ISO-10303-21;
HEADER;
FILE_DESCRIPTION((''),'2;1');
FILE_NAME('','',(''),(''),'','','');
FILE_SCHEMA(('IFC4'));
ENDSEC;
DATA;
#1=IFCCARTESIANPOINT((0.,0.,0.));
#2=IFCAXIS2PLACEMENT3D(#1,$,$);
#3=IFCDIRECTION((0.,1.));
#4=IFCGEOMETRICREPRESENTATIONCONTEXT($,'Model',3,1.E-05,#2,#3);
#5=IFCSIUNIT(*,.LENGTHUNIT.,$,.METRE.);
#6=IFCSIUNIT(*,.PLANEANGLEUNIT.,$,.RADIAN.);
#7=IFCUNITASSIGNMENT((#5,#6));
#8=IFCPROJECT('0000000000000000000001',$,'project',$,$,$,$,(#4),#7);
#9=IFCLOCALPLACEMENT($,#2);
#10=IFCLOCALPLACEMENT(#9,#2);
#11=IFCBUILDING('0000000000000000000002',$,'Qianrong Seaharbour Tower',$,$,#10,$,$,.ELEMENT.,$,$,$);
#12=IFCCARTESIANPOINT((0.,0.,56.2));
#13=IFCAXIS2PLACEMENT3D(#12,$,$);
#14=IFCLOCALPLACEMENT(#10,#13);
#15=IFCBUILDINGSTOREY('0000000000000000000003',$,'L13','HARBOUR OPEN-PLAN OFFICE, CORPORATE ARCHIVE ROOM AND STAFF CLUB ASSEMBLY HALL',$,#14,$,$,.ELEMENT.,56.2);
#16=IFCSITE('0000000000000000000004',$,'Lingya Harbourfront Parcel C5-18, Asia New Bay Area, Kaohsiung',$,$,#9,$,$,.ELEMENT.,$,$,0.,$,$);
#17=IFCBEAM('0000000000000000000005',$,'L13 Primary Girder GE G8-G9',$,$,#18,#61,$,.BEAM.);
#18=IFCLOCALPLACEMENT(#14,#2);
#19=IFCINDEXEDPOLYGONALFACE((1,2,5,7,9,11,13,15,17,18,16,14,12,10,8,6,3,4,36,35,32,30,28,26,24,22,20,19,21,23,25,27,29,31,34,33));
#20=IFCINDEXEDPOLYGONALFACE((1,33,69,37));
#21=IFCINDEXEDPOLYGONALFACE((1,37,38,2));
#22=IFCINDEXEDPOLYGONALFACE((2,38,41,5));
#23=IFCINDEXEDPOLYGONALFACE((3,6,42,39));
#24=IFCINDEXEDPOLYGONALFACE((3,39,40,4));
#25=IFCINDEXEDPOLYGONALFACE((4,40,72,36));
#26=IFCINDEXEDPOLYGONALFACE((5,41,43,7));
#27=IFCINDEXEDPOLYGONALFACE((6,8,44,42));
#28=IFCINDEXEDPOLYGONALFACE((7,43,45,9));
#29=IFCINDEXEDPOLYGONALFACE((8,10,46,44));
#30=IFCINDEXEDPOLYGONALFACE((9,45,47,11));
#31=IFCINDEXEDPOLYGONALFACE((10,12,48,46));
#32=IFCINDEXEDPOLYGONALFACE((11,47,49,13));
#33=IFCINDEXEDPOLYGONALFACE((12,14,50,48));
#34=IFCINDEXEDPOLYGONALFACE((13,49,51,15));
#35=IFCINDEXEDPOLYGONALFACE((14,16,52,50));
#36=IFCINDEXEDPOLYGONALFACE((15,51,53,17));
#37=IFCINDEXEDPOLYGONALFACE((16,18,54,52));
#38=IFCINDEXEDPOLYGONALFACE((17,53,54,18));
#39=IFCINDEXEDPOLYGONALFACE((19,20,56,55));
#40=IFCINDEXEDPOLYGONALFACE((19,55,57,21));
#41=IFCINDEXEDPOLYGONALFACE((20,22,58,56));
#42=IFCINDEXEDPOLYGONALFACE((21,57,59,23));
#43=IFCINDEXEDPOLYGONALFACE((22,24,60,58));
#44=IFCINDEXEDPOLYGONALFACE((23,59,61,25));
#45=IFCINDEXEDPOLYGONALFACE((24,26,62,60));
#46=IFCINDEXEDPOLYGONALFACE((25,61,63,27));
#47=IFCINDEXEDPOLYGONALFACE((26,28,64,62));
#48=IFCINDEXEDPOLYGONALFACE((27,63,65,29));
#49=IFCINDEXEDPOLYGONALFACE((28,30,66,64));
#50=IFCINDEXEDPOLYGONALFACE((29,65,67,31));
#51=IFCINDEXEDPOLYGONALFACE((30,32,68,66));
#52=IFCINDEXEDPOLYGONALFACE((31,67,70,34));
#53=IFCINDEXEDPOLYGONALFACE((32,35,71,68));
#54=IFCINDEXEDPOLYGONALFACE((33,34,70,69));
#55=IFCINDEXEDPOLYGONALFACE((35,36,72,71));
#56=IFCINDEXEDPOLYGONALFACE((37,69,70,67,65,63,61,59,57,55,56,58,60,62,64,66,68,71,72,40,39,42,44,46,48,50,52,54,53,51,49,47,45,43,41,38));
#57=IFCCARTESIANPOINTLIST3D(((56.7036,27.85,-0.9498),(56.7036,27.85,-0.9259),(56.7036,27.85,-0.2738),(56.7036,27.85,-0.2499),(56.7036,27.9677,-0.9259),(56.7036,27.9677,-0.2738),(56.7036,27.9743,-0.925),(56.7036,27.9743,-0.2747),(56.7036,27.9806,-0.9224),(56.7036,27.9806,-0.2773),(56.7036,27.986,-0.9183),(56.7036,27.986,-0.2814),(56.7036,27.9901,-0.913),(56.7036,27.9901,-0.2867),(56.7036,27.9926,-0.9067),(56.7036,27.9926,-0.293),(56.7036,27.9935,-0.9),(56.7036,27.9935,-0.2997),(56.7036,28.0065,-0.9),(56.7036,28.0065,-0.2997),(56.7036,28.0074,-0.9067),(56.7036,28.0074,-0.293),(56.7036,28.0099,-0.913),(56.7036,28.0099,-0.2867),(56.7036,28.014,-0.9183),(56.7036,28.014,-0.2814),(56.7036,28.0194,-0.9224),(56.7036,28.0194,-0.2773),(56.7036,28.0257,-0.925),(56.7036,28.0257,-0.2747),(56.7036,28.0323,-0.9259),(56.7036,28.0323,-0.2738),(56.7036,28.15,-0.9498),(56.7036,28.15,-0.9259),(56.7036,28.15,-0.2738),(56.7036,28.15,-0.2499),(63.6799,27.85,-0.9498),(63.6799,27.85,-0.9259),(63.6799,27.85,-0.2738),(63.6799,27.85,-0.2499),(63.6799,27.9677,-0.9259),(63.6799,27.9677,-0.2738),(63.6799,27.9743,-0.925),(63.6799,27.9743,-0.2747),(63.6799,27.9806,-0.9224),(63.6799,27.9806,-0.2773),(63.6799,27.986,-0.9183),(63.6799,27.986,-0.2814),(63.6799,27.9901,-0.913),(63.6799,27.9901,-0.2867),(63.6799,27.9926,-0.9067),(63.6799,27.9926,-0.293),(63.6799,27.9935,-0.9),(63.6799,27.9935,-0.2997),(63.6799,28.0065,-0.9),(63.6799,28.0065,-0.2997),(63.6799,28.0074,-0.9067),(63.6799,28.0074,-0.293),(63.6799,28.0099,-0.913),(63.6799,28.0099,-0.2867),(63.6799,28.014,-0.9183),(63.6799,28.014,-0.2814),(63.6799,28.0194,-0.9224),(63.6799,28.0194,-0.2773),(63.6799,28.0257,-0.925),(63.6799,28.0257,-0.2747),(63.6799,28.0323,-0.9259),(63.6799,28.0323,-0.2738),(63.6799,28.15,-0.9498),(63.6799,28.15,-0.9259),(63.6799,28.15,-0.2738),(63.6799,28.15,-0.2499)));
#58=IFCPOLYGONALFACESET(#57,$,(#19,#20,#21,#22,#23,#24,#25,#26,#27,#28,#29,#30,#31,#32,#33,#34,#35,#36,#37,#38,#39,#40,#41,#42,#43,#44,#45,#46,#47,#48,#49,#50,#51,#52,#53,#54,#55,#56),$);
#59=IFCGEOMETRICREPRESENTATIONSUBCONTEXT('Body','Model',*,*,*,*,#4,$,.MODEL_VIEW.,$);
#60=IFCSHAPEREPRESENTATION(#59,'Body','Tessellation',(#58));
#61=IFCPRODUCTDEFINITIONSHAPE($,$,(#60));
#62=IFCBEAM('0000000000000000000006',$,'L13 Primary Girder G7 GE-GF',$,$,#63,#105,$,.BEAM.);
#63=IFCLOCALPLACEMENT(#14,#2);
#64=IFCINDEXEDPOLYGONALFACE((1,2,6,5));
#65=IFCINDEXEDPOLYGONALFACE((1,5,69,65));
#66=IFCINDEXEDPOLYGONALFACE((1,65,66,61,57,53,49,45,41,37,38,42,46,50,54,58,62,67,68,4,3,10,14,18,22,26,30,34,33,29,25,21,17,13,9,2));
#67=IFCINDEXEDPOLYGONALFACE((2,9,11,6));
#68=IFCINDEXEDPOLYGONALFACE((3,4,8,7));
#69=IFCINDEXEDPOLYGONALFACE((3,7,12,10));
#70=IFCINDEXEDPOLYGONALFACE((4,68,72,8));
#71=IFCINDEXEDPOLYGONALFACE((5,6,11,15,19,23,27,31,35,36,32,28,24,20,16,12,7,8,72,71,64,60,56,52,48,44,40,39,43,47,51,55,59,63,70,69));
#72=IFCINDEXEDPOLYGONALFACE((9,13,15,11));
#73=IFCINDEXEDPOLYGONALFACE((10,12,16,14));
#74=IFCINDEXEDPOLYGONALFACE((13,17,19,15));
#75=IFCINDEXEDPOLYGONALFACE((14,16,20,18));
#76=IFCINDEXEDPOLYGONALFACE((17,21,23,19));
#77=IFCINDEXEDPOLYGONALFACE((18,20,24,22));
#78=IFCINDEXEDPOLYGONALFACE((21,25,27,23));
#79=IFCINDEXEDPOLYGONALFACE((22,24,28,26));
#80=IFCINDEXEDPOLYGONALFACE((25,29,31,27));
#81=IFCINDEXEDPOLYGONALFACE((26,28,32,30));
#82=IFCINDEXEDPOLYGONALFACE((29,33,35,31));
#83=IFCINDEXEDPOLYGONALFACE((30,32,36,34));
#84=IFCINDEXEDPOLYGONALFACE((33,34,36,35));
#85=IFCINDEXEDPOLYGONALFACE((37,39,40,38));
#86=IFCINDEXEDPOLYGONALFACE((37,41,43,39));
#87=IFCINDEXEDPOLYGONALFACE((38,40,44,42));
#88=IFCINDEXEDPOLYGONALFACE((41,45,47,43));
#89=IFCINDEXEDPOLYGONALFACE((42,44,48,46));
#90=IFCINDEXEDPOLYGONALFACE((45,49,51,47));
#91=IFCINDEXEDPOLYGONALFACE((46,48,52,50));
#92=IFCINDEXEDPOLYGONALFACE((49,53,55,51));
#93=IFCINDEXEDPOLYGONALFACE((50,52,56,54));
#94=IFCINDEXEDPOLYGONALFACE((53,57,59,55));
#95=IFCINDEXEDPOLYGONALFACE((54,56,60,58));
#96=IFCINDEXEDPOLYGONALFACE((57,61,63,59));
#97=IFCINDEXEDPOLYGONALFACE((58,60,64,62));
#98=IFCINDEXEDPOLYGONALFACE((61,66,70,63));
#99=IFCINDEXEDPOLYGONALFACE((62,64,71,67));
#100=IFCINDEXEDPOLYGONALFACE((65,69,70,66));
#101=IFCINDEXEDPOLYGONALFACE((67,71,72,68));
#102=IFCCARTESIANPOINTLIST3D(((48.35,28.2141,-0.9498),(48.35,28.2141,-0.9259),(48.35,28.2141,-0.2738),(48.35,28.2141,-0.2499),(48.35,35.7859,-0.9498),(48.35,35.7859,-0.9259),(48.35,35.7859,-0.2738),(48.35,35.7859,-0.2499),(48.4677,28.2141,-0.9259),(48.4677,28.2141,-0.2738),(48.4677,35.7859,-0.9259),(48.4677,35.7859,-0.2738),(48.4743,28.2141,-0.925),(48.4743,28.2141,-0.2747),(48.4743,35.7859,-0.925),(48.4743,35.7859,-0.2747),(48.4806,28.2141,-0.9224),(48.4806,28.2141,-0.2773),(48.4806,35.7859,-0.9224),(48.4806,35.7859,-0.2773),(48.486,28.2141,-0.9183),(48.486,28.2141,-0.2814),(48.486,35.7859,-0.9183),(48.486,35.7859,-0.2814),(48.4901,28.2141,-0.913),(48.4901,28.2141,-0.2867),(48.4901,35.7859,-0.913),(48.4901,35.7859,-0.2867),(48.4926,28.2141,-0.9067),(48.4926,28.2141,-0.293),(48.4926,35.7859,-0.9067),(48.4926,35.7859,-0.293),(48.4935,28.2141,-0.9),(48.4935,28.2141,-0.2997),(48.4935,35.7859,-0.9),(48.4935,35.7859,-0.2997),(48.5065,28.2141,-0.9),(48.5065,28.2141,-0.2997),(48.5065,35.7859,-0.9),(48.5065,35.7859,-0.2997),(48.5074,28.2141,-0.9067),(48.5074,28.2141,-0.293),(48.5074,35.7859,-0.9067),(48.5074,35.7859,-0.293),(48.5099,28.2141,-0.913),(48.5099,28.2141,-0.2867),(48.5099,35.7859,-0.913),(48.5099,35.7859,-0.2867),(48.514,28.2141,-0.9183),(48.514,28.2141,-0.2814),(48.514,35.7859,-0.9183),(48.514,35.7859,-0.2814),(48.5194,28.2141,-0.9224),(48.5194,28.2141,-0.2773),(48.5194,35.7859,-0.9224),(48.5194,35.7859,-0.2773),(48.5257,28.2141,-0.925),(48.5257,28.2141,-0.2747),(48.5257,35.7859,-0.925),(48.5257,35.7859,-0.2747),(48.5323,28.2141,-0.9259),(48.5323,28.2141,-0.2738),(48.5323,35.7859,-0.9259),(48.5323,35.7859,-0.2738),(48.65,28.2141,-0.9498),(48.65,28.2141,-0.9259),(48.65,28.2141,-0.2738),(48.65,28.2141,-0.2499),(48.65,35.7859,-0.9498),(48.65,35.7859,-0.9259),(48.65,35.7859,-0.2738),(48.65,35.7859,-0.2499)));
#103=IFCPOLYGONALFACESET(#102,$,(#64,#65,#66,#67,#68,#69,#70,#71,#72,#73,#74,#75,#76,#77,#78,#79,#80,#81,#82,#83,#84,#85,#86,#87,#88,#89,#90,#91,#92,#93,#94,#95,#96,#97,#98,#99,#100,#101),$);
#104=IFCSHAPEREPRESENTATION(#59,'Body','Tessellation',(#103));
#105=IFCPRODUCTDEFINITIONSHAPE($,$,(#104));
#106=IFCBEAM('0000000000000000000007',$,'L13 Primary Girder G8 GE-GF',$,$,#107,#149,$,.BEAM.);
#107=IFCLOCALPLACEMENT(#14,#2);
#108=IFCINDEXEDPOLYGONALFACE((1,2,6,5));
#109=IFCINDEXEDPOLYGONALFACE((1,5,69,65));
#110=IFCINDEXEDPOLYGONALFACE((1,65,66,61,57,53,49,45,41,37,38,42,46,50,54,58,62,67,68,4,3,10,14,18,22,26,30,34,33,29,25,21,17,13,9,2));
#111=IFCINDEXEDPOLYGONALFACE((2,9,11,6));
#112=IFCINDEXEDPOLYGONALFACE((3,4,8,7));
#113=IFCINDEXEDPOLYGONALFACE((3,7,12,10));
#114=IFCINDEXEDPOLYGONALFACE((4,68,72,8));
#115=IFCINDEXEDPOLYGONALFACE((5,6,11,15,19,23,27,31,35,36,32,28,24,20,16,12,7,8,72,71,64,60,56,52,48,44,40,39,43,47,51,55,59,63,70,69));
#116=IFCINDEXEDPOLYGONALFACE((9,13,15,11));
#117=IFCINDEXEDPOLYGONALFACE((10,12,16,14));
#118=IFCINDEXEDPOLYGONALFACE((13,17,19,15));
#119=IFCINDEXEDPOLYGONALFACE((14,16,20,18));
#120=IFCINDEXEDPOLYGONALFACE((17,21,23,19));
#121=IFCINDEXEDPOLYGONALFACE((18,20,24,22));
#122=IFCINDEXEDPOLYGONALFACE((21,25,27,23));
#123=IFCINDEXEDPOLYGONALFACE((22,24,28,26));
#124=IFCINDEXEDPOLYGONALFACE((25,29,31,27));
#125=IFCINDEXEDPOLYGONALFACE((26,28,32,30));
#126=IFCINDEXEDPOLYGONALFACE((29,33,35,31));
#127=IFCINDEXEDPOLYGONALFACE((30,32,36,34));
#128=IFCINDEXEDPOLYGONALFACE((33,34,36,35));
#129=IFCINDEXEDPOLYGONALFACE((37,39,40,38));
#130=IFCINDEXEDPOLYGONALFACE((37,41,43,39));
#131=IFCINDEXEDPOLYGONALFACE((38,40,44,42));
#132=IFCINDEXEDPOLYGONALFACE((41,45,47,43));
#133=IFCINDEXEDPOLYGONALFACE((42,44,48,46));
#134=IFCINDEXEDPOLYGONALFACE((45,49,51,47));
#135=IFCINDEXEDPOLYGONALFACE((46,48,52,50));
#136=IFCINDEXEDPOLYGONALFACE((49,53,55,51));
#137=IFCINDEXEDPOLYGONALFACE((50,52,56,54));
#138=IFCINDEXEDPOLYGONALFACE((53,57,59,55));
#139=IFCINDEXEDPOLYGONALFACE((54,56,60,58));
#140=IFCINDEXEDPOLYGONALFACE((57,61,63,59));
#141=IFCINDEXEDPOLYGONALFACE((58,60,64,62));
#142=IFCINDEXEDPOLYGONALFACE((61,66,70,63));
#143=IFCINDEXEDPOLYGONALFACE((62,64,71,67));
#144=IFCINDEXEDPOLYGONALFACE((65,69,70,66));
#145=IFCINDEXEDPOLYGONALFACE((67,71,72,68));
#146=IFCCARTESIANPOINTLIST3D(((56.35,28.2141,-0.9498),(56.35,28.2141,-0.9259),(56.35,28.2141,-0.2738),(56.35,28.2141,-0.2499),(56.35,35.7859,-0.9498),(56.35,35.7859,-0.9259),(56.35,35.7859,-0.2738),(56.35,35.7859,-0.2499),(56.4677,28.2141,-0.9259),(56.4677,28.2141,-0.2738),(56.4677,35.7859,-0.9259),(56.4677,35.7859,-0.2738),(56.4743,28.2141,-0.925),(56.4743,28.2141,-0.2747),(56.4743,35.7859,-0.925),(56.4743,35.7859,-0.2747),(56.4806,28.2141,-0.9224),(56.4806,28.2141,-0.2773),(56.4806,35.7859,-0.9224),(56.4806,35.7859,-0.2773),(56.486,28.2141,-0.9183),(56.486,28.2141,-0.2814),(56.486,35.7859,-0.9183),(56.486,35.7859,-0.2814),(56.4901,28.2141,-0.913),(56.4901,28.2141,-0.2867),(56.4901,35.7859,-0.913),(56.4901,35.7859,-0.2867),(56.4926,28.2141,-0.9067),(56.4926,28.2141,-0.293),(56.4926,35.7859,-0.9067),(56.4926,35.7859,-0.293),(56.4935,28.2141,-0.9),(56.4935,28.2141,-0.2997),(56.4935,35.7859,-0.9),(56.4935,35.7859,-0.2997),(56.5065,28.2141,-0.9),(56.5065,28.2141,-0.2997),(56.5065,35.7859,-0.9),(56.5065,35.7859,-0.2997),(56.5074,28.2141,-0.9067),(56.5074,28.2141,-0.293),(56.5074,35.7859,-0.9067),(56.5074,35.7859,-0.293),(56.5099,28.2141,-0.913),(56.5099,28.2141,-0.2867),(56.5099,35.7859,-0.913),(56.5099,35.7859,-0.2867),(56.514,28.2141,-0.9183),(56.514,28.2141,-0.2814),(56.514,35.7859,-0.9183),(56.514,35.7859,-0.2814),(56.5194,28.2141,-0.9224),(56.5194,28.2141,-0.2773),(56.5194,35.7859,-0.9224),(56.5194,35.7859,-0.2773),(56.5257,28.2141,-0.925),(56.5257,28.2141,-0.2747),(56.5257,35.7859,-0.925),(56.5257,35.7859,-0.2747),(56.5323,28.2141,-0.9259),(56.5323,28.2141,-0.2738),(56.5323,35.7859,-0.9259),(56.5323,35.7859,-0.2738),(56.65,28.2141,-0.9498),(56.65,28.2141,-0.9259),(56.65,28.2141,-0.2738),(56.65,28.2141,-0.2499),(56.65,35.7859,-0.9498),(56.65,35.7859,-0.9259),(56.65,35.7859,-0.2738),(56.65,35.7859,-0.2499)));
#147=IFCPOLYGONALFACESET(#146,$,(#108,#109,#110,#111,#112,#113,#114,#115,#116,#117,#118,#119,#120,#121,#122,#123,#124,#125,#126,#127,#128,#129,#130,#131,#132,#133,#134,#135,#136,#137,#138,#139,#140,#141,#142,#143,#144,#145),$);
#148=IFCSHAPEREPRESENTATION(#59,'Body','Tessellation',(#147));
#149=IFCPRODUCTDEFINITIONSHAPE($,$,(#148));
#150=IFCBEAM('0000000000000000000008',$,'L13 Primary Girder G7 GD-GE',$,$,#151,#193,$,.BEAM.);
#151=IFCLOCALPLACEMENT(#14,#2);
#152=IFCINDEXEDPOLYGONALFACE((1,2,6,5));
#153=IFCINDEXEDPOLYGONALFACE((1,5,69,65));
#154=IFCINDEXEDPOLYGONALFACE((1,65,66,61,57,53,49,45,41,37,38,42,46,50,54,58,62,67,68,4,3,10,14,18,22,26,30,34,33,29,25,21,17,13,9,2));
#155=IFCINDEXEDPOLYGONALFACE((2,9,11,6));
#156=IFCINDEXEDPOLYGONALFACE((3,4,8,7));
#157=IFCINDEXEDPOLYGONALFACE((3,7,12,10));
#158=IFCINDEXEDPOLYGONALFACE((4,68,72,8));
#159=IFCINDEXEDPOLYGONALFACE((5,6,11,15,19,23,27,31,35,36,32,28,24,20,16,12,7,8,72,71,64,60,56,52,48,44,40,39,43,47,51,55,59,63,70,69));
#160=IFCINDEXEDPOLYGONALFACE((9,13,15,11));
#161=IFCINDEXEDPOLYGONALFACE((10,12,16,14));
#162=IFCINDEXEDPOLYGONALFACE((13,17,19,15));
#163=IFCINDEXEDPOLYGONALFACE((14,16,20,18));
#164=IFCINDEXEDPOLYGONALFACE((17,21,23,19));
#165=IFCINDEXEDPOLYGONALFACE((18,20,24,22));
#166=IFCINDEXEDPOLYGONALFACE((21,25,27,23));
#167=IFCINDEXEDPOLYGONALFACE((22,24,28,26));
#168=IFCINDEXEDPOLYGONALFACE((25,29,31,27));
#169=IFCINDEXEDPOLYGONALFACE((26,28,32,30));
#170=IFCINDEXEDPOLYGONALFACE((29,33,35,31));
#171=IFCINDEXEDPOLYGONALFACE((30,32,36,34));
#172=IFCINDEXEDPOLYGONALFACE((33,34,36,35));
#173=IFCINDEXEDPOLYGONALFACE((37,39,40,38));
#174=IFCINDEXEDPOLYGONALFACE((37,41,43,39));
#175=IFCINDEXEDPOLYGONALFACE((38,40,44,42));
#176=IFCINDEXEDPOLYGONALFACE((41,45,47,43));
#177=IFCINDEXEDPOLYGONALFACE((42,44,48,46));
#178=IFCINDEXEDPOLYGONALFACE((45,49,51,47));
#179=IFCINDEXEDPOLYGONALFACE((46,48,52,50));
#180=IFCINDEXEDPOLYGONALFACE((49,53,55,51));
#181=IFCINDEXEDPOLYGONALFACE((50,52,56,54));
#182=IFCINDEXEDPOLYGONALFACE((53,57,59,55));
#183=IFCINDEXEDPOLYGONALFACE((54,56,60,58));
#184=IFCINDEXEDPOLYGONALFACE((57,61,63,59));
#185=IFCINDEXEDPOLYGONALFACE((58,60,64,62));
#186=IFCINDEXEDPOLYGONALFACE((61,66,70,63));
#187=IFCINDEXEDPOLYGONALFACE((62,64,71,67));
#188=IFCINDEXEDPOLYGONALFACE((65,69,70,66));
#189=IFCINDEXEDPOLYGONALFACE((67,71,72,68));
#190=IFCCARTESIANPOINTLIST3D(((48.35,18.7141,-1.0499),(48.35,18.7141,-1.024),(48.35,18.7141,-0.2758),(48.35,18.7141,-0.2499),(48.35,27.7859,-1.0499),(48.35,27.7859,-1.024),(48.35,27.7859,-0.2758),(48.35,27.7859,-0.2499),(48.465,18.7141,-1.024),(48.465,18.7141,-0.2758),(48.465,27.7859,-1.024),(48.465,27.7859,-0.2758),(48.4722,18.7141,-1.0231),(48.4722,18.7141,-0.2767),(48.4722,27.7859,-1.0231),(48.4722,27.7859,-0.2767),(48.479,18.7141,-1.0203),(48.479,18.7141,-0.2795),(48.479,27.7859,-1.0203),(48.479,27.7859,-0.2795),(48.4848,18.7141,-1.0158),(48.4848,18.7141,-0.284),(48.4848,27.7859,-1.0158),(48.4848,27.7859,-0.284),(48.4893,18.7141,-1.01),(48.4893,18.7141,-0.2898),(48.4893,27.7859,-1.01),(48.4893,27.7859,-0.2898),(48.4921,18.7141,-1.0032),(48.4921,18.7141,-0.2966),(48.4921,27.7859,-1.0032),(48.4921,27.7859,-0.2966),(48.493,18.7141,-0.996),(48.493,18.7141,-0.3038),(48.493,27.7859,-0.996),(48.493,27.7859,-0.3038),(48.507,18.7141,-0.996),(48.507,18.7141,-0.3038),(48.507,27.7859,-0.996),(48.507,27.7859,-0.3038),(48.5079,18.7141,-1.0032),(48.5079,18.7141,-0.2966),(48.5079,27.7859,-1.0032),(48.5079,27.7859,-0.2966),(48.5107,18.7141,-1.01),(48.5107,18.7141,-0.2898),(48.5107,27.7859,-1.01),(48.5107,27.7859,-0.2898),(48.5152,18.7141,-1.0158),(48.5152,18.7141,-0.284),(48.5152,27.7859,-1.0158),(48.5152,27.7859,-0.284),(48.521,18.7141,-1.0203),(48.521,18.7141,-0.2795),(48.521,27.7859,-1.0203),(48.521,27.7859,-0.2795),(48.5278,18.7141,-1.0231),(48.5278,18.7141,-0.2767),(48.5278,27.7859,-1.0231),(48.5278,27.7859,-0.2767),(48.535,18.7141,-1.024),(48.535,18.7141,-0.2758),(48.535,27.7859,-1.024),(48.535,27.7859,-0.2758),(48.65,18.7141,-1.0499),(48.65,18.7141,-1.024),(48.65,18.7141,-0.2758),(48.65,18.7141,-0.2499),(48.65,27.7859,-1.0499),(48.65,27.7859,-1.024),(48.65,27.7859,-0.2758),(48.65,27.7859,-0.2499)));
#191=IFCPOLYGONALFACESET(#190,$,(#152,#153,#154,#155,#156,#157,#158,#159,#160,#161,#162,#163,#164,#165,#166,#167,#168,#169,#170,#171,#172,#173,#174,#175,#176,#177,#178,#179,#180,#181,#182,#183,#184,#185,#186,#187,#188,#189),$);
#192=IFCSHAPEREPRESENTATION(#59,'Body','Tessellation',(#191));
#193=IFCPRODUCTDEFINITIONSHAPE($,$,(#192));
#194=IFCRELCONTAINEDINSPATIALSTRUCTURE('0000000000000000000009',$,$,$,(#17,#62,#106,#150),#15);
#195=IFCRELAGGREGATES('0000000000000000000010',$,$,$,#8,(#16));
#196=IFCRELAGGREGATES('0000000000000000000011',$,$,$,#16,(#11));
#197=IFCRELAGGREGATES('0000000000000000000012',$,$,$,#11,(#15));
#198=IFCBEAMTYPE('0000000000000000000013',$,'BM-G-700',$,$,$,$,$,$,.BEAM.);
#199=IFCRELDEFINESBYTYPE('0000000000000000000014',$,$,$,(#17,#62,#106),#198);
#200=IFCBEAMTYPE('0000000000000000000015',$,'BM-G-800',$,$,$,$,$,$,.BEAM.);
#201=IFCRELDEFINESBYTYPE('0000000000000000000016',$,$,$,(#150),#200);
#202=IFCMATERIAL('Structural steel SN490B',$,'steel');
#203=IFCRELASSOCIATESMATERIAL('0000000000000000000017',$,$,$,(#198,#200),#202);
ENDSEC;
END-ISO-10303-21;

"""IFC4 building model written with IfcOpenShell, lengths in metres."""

from ifc_helpers import new_model, si_unit, direction, frame, origin, origin_2d, place, context, subcontext, project, spatial, i_section, extrude, material, material_profile, profile_set, type_object, element, save


model = new_model("IFC4")

# Units and contexts
model_context = context("Model", 3, precision=1e-05, world=origin(), true_north=direction((0.0, 1.0)))
body_context = subcontext(model_context, "Body", "Model", "MODEL_VIEW")
ifc_project = project(units=[si_unit("LENGTHUNIT", "METRE"), si_unit("PLANEANGLEUNIT", "RADIAN")], contexts=[model_context])

# Site, building, storey
site_placement = place(None, origin())
site = spatial("IfcSite", under=ifc_project, at=site_placement, Name="Lingya Harbourfront Parcel C5-18, Asia New Bay Area, Kaohsiung", CompositionType="ELEMENT", RefElevation=0.0)
building_placement = place(site_placement, origin())
building = spatial("IfcBuilding", under=site, at=building_placement, Name="Qianrong Seaharbour Tower", CompositionType="ELEMENT")
storey_placement = place(building_placement, frame((0.0, 0.0, 56.2)))
storey = spatial("IfcBuildingStorey", under=building, at=storey_placement, Name="L13", Description="HARBOUR OPEN-PLAN OFFICE, CORPORATE ARCHIVE ROOM AND STAFF CLUB ASSEMBLY HALL", CompositionType="ELEMENT", Elevation=56.2)

# Shared definitions
ifc_material_1 = material(Name="Structural steel SN490B", Category="steel")

# Beams
ifc_material_profile_1 = material_profile(ifc_material_1, i_section(OverallWidth=0.3, OverallDepth=0.7, WebThickness=0.0129, FlangeThickness=0.0239, FilletRadius=0.0259, at=origin_2d()), Name="H700x300x13x24")
ifc_profile_set_1 = profile_set([ifc_material_profile_1], Name="Structural steel SN490B")
beam_type_1 = type_object("IfcBeamType", Name="BM-G-700", PredefinedType="BEAM", material=ifc_profile_set_1)
beam_1_placement = place(storey_placement, frame((56.7036, 28.0, -0.5999), z_axis=(1.0, 0.0, 0.0), x_axis=(0.0, 1.0, 0.0)))
element("IfcBeam", 1, at=beam_1_placement, inside=storey, type_object=beam_type_1, Name="L13 Primary Girder GE G8-G9", PredefinedType="BEAM", context=body_context, shape_type="SweptSolid", body=[
    extrude(i_section(OverallWidth=0.3, OverallDepth=0.7, WebThickness=0.0129, FlangeThickness=0.0239, FilletRadius=0.0259, at=origin_2d()), origin(), (0.0, 0.0, 1.0), 6.9763),
])
for number, where, z_axis, x_axis, name in (
    (2, (48.5, 28.2141, -0.5999), (0.0, 1.0, 0.0), (-1.0, 0.0, 0.0), "L13 Primary Girder G7 GE-GF"),
    (3, (56.5, 28.2141, -0.5999), (0.0, 1.0, 0.0), (-1.0, 0.0, 0.0), "L13 Primary Girder G8 GE-GF"),
):
    element("IfcBeam", number, at=place(storey_placement, frame(where, z_axis=z_axis, x_axis=x_axis)), inside=storey, type_object=beam_type_1, Name=name, PredefinedType="BEAM", context=body_context, shape_type="SweptSolid", body=[
        extrude(i_section(OverallWidth=0.3, OverallDepth=0.7, WebThickness=0.0129, FlangeThickness=0.0239, FilletRadius=0.0259, at=origin_2d()), origin(), (0.0, 0.0, 1.0), 7.5718),
    ])
ifc_material_profile_2 = material_profile(ifc_material_1, i_section(OverallWidth=0.3, OverallDepth=0.8, WebThickness=0.0139, FlangeThickness=0.0259, FilletRadius=0.0281, at=origin_2d()), Name="H800x300x14x26")
ifc_profile_set_2 = profile_set([ifc_material_profile_2], Name="Structural steel SN490B")
beam_type_2 = type_object("IfcBeamType", Name="BM-G-800", PredefinedType="BEAM", material=ifc_profile_set_2)
for number, where, z_axis, x_axis, name in (
    (4, (48.5, 18.7141, -0.6499), (0.0, 1.0, 0.0), (-1.0, 0.0, 0.0), "L13 Primary Girder G7 GD-GE"),
):
    element("IfcBeam", number, at=place(storey_placement, frame(where, z_axis=z_axis, x_axis=x_axis)), inside=storey, type_object=beam_type_2, Name=name, PredefinedType="BEAM", context=body_context, shape_type="SweptSolid", body=[
        extrude(i_section(OverallWidth=0.3, OverallDepth=0.8, WebThickness=0.0139, FlangeThickness=0.0259, FilletRadius=0.0281, at=origin_2d()), origin(), (0.0, 0.0, 1.0), 9.0718),
    ])

save(model, "model.ifc")
